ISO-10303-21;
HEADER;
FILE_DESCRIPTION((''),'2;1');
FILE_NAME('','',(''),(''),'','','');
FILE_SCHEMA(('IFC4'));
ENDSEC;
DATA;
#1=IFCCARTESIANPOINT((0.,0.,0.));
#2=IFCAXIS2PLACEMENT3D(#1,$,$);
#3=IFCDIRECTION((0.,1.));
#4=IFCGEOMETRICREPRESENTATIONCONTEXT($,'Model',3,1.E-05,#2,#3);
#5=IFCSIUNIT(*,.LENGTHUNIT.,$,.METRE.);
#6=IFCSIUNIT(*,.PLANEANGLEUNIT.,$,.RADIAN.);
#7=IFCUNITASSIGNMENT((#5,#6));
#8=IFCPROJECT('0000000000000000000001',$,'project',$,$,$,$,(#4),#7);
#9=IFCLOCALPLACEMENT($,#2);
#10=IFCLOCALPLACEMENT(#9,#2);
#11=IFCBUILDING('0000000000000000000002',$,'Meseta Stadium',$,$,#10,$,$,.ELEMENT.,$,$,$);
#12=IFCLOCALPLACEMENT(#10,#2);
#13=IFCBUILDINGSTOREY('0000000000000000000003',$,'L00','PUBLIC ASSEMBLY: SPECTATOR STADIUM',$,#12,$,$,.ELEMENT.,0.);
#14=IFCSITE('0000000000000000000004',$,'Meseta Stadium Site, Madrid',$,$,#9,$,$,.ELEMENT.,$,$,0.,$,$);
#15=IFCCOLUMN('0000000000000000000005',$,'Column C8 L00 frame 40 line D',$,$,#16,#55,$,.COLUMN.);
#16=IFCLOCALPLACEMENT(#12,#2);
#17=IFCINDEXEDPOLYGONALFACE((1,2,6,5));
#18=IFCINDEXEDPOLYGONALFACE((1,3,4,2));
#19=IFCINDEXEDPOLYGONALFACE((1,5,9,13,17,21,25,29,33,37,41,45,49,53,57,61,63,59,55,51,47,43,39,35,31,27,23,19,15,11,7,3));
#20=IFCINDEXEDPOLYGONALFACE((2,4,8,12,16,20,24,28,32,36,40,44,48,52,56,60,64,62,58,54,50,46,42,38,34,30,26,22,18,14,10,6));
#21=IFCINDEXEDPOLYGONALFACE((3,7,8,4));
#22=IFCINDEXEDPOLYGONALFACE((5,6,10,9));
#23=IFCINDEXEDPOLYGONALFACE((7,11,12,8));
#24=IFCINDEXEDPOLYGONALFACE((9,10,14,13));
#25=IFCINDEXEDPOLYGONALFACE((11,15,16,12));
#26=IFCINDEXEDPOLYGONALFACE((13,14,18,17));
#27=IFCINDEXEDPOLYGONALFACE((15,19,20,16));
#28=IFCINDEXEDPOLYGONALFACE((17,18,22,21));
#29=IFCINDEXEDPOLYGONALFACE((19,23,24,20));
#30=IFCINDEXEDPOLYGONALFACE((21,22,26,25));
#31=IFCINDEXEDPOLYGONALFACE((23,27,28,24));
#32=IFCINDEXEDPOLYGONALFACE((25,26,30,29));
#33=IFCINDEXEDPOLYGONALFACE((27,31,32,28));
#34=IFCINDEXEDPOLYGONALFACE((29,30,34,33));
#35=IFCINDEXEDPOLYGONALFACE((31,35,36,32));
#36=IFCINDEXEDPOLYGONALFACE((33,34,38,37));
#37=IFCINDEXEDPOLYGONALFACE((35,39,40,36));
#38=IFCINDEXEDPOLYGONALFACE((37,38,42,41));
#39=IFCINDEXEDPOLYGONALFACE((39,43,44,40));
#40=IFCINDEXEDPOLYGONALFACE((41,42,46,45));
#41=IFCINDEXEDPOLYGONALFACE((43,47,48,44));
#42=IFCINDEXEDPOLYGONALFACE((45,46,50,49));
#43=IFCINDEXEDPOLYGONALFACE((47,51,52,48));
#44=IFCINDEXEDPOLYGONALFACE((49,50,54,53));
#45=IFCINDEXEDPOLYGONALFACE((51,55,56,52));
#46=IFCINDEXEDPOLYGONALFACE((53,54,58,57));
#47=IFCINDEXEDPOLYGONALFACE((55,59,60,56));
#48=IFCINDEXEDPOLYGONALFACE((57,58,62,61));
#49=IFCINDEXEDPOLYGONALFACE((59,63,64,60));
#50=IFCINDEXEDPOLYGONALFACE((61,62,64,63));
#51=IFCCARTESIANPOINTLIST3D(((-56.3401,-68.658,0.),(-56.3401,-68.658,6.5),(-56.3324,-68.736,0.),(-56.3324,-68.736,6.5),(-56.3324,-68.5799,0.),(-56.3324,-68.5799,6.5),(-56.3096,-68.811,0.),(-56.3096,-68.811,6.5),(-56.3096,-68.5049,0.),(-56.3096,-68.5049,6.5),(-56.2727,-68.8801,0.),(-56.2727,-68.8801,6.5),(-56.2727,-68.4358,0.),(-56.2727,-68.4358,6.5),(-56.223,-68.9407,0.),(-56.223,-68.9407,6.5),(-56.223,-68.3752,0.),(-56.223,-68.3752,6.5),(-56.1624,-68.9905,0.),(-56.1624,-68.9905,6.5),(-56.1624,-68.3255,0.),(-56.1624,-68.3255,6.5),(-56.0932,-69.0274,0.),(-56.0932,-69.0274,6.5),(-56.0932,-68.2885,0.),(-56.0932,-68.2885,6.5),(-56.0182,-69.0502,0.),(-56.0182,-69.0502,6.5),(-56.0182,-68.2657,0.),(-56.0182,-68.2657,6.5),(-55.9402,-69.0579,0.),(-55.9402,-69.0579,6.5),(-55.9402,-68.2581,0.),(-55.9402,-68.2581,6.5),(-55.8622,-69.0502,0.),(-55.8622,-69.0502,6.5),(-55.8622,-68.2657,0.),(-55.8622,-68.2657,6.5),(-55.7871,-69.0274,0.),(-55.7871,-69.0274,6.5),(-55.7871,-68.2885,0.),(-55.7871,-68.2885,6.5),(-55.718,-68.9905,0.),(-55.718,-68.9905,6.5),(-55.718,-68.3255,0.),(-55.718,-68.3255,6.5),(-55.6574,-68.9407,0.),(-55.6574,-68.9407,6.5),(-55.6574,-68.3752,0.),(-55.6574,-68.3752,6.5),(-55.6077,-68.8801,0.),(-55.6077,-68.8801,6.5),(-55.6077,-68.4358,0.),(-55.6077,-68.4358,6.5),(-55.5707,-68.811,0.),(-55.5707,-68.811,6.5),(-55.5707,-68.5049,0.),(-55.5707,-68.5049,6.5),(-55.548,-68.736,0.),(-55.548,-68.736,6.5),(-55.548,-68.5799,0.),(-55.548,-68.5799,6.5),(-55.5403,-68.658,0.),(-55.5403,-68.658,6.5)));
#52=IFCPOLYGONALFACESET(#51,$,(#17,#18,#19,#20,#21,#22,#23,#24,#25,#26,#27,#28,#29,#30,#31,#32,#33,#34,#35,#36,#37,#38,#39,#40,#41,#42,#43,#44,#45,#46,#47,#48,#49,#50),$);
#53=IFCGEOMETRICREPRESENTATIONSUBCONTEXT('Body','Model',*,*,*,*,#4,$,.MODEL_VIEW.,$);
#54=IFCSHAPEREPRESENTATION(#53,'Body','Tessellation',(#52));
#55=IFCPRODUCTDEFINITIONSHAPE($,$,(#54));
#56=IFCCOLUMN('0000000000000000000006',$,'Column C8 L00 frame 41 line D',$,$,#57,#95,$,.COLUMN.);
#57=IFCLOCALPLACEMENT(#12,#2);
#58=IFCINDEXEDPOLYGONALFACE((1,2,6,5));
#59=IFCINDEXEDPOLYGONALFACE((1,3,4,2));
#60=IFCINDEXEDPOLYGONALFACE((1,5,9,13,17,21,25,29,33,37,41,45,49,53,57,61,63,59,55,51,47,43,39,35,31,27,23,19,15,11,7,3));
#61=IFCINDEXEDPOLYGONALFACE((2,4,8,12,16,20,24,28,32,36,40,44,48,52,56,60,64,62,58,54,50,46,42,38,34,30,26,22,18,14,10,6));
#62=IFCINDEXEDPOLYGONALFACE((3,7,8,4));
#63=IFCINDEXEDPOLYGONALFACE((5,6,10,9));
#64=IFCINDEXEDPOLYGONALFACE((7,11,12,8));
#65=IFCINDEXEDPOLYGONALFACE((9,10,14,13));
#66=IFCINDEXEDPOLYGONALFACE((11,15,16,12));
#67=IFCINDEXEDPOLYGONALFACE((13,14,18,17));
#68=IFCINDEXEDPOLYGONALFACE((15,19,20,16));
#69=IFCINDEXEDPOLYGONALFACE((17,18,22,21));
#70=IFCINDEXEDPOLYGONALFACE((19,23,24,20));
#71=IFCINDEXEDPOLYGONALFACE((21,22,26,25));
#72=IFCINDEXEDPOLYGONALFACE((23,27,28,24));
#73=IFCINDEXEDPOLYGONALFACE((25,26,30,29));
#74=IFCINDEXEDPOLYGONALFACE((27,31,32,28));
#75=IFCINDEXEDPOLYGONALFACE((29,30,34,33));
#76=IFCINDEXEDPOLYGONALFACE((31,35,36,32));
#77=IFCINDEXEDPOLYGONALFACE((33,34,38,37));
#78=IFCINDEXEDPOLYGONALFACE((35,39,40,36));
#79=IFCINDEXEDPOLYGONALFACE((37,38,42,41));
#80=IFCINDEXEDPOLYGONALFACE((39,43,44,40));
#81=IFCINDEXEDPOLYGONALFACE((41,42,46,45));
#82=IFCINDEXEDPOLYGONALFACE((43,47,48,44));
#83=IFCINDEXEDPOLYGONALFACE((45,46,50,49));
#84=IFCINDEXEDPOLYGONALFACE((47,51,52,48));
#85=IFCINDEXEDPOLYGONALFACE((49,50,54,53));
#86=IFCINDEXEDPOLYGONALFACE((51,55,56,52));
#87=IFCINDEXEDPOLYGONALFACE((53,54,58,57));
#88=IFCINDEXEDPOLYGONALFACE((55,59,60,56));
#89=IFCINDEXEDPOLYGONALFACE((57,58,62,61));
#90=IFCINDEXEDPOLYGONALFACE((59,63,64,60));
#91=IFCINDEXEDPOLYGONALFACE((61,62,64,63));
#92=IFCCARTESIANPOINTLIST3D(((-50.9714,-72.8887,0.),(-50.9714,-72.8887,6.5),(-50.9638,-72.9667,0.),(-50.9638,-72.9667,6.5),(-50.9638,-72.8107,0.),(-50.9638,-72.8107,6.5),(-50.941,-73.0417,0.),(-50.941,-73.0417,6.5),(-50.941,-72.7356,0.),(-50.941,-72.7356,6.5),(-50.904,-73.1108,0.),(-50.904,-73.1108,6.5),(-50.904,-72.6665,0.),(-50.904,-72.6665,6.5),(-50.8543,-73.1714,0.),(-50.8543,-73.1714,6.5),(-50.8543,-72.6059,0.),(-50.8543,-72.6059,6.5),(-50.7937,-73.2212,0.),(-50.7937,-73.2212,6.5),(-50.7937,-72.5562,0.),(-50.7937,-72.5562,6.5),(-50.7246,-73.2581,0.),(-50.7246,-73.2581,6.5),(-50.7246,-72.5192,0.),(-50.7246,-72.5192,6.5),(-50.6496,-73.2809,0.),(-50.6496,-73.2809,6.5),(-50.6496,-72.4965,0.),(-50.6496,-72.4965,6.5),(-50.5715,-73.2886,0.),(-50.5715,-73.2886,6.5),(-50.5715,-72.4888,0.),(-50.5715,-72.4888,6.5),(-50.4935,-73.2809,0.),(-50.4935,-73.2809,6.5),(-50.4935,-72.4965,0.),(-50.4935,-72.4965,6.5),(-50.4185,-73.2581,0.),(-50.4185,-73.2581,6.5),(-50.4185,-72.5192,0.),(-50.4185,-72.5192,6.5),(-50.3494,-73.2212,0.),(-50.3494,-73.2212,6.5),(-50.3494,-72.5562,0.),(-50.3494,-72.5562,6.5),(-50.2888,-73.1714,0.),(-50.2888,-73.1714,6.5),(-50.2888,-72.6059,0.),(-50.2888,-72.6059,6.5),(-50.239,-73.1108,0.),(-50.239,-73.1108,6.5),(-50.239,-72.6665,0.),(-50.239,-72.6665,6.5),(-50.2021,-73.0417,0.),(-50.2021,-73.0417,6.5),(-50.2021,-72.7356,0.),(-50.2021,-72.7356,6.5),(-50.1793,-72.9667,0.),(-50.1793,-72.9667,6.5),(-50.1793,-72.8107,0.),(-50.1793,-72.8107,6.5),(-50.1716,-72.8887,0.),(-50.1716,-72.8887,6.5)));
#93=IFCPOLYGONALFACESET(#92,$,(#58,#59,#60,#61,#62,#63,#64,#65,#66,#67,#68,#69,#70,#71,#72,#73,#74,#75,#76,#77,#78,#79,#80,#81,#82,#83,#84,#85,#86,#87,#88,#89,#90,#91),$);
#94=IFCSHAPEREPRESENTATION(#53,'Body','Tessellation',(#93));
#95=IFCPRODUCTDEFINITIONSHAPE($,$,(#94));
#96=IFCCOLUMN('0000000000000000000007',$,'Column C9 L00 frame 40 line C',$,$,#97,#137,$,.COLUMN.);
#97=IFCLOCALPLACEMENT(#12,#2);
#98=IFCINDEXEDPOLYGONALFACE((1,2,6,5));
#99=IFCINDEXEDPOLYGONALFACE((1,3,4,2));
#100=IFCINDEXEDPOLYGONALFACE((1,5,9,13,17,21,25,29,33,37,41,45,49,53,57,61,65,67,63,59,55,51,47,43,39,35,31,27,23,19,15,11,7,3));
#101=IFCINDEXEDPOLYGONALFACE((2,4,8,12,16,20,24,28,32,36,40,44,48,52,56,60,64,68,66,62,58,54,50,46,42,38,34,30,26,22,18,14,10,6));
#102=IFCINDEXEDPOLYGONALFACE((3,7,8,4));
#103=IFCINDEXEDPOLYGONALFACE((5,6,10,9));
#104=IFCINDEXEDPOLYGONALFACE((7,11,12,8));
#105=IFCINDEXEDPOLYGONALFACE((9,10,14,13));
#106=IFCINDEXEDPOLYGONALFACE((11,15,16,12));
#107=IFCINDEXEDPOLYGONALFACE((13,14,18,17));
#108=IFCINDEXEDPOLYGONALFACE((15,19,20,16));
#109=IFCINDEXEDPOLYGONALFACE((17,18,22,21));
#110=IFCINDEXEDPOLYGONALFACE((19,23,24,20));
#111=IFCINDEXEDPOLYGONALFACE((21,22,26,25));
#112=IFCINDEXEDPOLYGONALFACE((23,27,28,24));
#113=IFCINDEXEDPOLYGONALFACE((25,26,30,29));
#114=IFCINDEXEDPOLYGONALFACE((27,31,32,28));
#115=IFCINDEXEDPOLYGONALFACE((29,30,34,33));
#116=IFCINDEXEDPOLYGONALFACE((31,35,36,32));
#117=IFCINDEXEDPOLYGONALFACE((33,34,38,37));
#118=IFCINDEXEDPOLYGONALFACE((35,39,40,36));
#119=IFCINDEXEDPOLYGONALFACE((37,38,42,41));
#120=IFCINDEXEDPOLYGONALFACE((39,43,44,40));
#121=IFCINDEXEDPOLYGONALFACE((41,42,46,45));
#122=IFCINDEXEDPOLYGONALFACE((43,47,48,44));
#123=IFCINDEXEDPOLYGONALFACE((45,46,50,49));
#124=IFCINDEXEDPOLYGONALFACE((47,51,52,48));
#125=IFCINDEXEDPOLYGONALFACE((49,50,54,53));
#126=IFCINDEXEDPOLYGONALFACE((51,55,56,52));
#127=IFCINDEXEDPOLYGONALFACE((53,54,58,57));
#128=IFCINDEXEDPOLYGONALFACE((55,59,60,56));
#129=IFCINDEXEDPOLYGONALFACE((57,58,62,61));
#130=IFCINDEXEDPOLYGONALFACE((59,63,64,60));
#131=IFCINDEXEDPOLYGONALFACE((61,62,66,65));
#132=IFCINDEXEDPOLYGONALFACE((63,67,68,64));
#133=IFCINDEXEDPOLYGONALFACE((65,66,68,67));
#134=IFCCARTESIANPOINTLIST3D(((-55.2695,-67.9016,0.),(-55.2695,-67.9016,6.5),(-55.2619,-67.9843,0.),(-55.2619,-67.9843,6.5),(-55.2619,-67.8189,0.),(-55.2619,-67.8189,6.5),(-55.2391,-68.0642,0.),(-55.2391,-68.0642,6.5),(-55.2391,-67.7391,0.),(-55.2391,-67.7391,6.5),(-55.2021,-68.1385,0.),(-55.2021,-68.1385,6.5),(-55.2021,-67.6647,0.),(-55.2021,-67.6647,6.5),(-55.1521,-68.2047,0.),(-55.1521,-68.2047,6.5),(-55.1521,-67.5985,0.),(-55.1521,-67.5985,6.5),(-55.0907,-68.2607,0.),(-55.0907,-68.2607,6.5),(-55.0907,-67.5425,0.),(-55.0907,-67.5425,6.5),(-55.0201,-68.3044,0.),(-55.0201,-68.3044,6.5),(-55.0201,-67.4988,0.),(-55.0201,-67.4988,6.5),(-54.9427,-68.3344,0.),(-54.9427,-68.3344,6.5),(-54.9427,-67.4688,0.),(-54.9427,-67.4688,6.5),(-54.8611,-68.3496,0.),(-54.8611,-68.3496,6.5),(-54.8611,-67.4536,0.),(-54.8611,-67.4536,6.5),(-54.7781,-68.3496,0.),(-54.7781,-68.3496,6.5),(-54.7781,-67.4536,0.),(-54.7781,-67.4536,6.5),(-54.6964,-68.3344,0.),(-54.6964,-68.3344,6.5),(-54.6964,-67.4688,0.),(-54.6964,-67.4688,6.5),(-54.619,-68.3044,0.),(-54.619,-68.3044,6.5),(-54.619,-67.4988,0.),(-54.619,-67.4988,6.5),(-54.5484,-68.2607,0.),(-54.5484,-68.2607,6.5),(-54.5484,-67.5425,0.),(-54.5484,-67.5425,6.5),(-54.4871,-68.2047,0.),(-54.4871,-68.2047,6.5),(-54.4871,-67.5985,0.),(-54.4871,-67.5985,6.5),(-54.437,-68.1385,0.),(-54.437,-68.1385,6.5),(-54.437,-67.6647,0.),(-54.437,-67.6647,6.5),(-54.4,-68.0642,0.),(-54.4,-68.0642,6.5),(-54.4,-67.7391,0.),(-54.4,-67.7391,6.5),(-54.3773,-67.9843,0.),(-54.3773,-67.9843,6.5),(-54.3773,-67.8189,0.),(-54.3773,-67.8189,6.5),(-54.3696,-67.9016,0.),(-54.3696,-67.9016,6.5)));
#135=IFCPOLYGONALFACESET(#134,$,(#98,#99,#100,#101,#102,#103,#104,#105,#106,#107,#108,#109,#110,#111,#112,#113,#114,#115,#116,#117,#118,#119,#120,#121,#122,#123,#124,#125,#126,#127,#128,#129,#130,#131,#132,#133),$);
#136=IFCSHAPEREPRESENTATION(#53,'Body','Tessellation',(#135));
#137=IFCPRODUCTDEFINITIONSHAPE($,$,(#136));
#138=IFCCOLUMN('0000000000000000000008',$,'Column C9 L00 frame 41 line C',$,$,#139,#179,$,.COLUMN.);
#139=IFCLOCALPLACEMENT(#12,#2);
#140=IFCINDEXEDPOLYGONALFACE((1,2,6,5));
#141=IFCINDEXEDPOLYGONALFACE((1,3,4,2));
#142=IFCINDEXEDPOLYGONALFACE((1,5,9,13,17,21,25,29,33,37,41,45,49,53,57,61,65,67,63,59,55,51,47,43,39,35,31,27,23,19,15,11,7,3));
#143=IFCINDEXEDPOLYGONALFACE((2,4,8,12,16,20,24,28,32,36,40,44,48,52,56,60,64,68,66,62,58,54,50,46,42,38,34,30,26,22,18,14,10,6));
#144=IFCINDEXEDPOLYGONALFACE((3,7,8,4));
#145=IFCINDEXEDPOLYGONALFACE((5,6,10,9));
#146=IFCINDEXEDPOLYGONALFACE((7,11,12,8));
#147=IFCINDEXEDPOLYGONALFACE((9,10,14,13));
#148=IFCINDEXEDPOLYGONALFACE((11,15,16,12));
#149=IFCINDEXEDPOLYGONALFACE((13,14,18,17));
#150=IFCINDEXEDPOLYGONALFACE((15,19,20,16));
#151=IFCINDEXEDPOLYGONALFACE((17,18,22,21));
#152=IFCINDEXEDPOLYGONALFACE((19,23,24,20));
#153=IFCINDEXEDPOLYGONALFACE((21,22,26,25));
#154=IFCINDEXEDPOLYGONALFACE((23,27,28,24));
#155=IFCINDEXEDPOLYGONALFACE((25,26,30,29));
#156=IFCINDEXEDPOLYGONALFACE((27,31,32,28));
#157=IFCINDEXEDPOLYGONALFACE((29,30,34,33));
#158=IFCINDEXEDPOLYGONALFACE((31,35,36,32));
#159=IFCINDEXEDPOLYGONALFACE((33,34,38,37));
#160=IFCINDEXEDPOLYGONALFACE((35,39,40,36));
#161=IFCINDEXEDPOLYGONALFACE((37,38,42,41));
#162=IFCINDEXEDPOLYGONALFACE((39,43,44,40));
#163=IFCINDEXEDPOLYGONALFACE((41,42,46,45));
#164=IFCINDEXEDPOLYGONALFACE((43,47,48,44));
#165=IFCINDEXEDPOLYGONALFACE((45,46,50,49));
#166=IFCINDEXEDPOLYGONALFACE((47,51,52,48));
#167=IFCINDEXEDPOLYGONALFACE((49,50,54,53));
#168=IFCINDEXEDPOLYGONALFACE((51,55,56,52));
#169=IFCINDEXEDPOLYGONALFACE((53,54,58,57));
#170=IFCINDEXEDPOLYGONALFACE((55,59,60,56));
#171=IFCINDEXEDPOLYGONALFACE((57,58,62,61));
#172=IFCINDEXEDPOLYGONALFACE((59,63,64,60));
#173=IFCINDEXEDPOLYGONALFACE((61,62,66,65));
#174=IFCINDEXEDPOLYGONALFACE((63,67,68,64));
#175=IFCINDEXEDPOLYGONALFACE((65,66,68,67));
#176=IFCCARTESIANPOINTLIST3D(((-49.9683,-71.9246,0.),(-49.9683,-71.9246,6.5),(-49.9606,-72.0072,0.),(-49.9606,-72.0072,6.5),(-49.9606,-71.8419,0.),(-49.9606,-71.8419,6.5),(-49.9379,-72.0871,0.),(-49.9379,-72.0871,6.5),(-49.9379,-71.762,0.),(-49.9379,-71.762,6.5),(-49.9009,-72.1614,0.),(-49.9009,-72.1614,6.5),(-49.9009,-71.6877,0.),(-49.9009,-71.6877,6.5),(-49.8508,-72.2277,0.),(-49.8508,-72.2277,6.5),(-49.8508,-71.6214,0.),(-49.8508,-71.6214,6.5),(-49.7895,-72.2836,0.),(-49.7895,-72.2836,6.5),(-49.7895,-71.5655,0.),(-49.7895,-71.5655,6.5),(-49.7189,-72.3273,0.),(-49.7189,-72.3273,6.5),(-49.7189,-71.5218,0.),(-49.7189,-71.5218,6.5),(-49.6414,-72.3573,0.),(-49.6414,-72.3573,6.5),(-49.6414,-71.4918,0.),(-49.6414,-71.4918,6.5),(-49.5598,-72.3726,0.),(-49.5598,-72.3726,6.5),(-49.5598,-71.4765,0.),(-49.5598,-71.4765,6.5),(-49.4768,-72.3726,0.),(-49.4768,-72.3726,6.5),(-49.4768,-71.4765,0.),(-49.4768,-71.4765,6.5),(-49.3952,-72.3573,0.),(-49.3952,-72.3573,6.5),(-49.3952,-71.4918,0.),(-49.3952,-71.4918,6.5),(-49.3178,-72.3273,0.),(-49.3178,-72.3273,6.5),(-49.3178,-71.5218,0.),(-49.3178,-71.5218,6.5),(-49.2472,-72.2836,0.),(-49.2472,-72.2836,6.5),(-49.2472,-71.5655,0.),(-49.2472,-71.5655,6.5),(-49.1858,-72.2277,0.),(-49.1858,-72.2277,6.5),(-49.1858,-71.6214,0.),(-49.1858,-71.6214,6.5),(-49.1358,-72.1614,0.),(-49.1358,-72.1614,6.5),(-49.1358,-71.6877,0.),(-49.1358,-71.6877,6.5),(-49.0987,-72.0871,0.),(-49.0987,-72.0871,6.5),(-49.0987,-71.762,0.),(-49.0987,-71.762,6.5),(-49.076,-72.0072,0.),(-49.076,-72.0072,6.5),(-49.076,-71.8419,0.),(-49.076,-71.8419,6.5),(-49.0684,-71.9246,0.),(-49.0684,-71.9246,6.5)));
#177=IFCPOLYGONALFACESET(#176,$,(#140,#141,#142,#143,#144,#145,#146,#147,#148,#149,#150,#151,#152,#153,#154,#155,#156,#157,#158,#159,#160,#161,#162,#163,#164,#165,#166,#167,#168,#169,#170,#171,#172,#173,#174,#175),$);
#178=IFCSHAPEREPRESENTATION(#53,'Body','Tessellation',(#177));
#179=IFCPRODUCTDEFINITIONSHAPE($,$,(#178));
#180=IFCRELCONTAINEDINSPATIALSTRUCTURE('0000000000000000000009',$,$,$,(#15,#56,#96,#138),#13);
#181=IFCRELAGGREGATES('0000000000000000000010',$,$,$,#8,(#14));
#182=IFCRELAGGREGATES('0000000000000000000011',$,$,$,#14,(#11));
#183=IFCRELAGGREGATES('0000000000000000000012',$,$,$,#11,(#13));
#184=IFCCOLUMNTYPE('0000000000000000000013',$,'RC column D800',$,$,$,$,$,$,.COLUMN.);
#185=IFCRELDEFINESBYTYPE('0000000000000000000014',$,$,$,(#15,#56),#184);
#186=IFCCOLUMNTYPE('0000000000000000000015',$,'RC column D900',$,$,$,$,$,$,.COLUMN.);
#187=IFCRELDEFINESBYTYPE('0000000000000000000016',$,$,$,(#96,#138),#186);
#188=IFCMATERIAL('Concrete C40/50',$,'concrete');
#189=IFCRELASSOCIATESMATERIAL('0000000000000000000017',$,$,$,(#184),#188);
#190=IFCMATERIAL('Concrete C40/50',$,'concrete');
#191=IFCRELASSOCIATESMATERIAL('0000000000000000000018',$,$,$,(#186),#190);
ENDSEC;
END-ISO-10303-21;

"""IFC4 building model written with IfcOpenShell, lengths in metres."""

from ifc_helpers import new_model, si_unit, direction, frame, origin, origin_2d, place, context, subcontext, project, spatial, circle, extrude, material, material_profile, profile_set, type_object, element, save


model = new_model("IFC4")

# Units and contexts
model_context = context("Model", 3, precision=1e-05, world=origin(), true_north=direction((0.0, 1.0)))
body_context = subcontext(model_context, "Body", "Model", "MODEL_VIEW")
ifc_project = project(units=[si_unit("LENGTHUNIT", "METRE"), si_unit("PLANEANGLEUNIT", "RADIAN")], contexts=[model_context])

# Site, building, storey
site_placement = place(None, origin())
site = spatial("IfcSite", under=ifc_project, at=site_placement, Name="Meseta Stadium Site, Madrid", CompositionType="ELEMENT", RefElevation=0.0)
building_placement = place(site_placement, origin())
building = spatial("IfcBuilding", under=site, at=building_placement, Name="Meseta Stadium", CompositionType="ELEMENT")
storey_placement = place(building_placement, origin())
storey = spatial("IfcBuildingStorey", under=building, at=storey_placement, Name="L00", Description="PUBLIC ASSEMBLY: SPECTATOR STADIUM", CompositionType="ELEMENT", Elevation=0.0)

# Columns
ifc_material_1 = material(Name="Concrete C40/50", Category="concrete")
ifc_material_profile_1 = material_profile(ifc_material_1, circle(Radius=0.3999, at=origin_2d()), Name="RC D800")
ifc_profile_set_1 = profile_set([ifc_material_profile_1], Name="Concrete C40/50")
column_type_1 = type_object("IfcColumnType", Name="RC column D800", PredefinedType="COLUMN", material=ifc_profile_set_1)
for number, where, z_axis, x_axis, name in (
    (1, (-55.9402, -68.658, 0.0), (0.0, 0.0, 1.0), (1.0, 0.0, 0.0), "Column C8 L00 frame 40 line D"),
    (2, (-50.5715, -72.8887, 0.0), (0.0, 0.0, 1.0), (1.0, 0.0, 0.0), "Column C8 L00 frame 41 line D"),
):
    element("IfcColumn", number, at=place(storey_placement, frame(where, z_axis=z_axis, x_axis=x_axis)), inside=storey, type_object=column_type_1, Name=name, PredefinedType="COLUMN", context=body_context, shape_type="SweptSolid", body=[
        extrude(circle(Radius=0.3999, at=origin_2d()), origin(), (0.0, 0.0, 1.0), 6.5),
    ])
ifc_material_2 = material(Name="Concrete C40/50", Category="concrete")
ifc_material_profile_2 = material_profile(ifc_material_2, circle(Radius=0.45, at=origin_2d()), Name="RC D900")
ifc_profile_set_2 = profile_set([ifc_material_profile_2], Name="Concrete C40/50")
column_type_2 = type_object("IfcColumnType", Name="RC column D900", PredefinedType="COLUMN", material=ifc_profile_set_2)
for number, where, z_axis, x_axis, name in (
    (3, (-54.8196, -67.9016, 0.0), (0.0, 0.0, 1.0), (1.0, 0.0, 0.0), "Column C9 L00 frame 40 line C"),
    (4, (-49.5183, -71.9246, 0.0), (0.0, 0.0, 1.0), (1.0, 0.0, 0.0), "Column C9 L00 frame 41 line C"),
):
    element("IfcColumn", number, at=place(storey_placement, frame(where, z_axis=z_axis, x_axis=x_axis)), inside=storey, type_object=column_type_2, Name=name, PredefinedType="COLUMN", context=body_context, shape_type="SweptSolid", body=[
        extrude(circle(Radius=0.45, at=origin_2d()), origin(), (0.0, 0.0, 1.0), 6.5),
    ])

save(model, "model.ifc")
